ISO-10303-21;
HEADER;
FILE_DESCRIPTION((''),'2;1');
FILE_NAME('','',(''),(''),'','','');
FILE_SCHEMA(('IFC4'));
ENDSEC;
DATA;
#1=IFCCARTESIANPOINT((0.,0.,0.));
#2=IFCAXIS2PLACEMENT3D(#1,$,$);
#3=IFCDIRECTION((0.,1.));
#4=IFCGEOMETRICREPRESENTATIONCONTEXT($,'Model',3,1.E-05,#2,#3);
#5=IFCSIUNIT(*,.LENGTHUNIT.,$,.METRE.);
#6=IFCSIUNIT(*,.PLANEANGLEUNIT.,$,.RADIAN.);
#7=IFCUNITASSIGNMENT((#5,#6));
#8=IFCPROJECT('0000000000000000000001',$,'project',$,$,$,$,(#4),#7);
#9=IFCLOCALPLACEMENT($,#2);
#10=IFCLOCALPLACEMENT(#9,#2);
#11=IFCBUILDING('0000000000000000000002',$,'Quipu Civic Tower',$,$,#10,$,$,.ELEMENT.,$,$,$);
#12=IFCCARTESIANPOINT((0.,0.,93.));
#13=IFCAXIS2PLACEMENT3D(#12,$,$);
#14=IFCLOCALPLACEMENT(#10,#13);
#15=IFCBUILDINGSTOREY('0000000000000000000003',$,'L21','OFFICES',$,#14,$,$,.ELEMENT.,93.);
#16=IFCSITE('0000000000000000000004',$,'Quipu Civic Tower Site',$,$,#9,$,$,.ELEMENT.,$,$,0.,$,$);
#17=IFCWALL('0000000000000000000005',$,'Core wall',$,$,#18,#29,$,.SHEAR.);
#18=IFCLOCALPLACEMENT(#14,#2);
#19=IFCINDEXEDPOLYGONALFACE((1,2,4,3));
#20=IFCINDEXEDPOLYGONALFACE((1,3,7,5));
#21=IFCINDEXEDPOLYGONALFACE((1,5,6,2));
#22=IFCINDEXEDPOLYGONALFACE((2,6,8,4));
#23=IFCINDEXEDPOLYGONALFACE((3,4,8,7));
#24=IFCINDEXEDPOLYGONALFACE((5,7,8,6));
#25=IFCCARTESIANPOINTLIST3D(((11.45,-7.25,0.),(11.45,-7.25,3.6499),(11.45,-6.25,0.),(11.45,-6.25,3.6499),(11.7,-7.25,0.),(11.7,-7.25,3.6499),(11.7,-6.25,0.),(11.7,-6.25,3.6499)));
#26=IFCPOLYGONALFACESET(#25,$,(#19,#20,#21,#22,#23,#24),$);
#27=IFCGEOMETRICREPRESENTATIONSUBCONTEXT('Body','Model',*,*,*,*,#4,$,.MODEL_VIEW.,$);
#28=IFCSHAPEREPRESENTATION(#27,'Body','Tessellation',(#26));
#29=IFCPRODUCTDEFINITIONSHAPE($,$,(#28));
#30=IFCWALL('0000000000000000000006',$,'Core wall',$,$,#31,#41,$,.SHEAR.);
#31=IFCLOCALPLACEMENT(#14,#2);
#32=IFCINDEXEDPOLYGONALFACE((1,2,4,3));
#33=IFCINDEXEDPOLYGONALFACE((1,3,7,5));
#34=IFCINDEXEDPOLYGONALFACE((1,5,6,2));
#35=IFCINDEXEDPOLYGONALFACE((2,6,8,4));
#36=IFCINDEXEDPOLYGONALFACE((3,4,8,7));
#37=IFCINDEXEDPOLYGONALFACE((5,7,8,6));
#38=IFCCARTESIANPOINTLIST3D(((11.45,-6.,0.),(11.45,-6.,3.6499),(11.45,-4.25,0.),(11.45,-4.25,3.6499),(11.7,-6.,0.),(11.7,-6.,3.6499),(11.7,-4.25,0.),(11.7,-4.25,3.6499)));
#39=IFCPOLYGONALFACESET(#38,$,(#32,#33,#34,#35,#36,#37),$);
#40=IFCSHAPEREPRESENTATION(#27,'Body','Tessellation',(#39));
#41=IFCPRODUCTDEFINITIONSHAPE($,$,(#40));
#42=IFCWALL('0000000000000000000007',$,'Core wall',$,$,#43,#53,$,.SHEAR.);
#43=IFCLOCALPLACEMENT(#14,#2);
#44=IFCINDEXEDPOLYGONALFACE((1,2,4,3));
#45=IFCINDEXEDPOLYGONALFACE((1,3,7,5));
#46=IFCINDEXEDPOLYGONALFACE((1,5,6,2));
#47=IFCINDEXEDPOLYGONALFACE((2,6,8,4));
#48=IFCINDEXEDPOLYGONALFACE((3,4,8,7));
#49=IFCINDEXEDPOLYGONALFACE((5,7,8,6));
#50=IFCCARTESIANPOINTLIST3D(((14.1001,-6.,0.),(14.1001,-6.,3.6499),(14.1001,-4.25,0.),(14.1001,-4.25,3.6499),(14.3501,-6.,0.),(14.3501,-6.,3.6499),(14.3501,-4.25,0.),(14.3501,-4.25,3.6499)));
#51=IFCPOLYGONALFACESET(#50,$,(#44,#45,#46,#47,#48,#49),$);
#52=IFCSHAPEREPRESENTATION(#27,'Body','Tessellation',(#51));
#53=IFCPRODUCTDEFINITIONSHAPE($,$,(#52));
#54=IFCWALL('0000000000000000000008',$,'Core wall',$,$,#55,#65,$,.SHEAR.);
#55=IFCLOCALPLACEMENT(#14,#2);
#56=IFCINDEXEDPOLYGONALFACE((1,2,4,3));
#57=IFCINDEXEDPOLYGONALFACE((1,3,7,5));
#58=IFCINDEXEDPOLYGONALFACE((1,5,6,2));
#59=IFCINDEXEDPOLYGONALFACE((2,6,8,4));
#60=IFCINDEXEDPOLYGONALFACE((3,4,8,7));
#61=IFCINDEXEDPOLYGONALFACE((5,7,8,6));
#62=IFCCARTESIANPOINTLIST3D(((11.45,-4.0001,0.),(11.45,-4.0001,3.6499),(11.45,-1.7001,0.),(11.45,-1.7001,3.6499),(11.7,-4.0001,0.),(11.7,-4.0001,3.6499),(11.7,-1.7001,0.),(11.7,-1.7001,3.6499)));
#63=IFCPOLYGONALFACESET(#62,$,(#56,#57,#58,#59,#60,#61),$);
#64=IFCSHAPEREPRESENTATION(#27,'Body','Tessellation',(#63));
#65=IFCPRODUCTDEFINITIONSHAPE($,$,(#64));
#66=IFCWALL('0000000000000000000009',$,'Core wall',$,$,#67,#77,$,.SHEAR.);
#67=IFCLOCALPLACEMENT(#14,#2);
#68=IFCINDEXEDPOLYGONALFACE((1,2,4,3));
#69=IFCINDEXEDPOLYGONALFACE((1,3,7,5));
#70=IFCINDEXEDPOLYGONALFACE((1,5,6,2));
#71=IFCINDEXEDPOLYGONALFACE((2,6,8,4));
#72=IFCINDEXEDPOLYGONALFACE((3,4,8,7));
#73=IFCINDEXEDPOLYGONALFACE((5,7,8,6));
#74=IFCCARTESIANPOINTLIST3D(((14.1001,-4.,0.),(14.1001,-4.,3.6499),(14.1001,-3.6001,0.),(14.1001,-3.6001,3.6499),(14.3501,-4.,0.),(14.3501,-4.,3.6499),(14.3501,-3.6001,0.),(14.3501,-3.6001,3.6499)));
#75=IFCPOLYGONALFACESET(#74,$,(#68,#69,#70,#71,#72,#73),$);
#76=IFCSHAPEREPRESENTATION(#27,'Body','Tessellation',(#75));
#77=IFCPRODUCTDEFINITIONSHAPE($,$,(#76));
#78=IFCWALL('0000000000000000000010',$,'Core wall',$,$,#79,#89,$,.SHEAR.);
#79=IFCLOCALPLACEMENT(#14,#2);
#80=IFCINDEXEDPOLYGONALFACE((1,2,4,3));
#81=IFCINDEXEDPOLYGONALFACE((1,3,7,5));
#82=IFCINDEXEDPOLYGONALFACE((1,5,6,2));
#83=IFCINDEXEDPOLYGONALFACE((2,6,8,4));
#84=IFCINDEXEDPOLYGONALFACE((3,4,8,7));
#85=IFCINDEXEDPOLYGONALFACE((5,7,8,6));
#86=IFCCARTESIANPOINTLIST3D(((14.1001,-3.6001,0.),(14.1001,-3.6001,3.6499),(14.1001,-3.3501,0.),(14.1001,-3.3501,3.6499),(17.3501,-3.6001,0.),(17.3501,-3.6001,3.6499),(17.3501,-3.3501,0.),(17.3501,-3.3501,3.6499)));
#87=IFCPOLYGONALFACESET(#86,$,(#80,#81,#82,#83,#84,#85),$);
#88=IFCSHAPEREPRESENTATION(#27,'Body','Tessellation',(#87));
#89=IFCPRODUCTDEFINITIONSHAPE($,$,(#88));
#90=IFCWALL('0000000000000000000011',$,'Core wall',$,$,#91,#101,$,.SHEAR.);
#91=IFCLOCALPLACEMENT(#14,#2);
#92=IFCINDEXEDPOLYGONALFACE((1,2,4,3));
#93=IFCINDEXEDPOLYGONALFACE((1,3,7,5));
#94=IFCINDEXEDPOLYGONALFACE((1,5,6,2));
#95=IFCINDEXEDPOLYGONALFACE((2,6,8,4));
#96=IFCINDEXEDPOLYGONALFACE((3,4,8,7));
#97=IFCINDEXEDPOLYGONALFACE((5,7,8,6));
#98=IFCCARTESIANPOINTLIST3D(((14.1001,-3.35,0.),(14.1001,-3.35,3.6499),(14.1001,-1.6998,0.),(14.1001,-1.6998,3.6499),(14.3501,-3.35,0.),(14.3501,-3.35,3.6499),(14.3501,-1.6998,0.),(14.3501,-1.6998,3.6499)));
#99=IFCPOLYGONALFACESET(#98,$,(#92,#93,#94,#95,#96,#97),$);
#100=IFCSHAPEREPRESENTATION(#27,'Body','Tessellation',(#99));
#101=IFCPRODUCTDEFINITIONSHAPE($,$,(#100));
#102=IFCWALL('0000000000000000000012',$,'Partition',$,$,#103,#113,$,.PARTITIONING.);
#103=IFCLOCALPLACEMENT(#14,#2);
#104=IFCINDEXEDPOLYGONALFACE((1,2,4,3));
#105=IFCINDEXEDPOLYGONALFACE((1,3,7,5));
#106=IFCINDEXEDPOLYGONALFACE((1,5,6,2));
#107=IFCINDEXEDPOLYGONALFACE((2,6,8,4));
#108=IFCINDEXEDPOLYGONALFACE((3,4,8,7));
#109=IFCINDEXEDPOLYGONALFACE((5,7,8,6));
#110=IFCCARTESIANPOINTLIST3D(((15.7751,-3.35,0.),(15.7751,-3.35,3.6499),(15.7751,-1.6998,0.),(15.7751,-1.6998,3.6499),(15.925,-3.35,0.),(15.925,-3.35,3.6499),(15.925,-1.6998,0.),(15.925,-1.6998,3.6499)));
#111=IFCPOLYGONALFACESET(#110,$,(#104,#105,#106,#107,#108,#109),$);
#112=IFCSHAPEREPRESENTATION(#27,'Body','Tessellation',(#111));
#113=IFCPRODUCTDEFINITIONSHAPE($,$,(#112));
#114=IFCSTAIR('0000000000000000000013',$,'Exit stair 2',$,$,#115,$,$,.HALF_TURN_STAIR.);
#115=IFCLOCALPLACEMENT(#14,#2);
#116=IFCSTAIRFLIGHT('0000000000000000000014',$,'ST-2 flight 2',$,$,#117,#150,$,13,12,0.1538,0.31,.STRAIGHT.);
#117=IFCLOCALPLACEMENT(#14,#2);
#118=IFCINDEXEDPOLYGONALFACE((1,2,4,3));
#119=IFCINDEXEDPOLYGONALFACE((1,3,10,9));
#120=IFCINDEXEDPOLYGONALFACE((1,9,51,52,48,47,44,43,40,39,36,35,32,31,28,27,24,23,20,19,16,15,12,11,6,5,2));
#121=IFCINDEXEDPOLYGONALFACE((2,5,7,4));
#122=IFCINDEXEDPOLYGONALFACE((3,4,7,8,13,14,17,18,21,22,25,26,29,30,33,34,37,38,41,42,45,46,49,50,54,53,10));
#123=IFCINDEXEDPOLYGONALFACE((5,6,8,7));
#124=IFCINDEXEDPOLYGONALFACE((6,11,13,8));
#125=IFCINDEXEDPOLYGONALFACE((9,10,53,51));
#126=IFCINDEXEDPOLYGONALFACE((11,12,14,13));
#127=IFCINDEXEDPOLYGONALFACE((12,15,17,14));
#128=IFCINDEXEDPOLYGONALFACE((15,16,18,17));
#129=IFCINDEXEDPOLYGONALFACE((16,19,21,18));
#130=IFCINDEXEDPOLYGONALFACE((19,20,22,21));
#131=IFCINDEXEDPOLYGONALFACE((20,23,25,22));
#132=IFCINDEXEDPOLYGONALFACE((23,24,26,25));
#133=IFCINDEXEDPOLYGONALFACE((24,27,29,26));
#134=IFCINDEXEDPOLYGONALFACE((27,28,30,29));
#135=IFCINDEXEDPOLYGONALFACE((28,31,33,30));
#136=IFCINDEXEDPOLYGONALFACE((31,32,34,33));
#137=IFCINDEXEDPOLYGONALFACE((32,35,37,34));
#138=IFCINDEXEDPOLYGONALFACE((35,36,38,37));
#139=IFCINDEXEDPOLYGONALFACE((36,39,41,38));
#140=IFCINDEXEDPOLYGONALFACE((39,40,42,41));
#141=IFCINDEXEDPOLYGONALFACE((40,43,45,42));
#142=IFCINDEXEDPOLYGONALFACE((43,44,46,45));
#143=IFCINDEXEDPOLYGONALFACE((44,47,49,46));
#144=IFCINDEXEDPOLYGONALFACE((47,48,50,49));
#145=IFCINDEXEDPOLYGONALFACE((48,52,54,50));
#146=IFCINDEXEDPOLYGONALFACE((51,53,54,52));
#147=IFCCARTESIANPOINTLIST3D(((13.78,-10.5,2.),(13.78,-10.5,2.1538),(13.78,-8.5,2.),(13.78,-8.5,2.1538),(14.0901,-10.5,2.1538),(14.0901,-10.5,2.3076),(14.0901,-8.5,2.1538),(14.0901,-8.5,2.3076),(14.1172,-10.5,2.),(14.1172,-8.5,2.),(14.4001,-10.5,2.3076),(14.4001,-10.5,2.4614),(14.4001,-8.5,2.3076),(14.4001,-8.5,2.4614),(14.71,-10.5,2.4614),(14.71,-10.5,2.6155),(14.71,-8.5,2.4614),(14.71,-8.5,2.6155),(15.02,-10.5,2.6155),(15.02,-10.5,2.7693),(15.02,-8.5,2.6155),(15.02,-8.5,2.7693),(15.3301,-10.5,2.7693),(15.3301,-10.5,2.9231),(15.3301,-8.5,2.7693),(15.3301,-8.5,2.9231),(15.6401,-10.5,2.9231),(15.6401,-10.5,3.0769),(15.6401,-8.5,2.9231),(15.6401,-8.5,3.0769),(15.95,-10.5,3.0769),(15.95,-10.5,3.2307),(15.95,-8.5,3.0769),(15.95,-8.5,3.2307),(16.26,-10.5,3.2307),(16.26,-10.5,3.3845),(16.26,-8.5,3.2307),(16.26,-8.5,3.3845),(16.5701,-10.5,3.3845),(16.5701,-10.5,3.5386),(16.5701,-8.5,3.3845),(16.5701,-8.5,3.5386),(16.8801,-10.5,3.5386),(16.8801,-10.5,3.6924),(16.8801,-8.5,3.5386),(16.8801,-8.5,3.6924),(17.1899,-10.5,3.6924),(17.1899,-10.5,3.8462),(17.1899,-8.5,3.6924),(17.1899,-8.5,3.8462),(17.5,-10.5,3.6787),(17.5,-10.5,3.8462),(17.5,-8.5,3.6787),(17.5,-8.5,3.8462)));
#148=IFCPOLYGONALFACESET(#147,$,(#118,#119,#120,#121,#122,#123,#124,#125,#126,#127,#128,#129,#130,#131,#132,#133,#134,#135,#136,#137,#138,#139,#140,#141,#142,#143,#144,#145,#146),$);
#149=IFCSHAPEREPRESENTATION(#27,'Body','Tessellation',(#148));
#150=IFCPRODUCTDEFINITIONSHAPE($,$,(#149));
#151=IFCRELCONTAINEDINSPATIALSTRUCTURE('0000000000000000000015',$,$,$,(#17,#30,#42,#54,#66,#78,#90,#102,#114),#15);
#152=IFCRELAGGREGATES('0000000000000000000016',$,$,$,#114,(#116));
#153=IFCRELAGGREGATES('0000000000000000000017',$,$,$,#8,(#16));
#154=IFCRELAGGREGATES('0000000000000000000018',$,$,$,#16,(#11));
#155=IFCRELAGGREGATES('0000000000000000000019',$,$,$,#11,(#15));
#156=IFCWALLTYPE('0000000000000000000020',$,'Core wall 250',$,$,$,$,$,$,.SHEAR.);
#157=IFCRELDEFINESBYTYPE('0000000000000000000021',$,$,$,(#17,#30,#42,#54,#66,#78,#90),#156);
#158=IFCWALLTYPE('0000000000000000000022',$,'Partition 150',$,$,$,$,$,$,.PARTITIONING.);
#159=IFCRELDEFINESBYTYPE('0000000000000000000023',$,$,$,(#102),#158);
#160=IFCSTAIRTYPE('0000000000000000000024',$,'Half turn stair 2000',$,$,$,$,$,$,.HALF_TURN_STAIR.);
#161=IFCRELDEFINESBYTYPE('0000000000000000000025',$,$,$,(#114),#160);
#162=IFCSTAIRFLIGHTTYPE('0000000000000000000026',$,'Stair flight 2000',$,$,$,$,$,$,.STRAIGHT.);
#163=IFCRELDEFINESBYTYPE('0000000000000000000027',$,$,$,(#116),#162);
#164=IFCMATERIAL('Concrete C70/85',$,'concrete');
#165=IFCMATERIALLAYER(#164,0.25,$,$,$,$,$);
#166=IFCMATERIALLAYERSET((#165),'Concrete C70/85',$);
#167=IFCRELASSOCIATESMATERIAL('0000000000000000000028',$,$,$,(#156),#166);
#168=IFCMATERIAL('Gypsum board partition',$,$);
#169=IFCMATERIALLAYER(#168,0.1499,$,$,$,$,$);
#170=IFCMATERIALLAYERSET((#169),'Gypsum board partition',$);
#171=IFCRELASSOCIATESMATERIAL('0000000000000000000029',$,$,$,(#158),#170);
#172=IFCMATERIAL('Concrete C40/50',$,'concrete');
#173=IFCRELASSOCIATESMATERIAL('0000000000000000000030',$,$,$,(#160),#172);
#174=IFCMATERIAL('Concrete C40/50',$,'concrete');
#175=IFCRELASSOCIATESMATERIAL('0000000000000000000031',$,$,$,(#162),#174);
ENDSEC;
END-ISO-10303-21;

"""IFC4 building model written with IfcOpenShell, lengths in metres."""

from ifc_helpers import new_model, si_unit, direction, frame, frame_2d, origin, place, context, subcontext, project, spatial, polyline, rectangle, outline, extrude, material, layer, layer_set, type_object, element, aggregate, save


model = new_model("IFC4")

# Units and contexts
model_context = context("Model", 3, precision=1e-05, world=origin(), true_north=direction((0.0, 1.0)))
body_context = subcontext(model_context, "Body", "Model", "MODEL_VIEW")
ifc_project = project(units=[si_unit("LENGTHUNIT", "METRE"), si_unit("PLANEANGLEUNIT", "RADIAN")], contexts=[model_context])

# Site, building, storey
site_placement = place(None, origin())
site = spatial("IfcSite", under=ifc_project, at=site_placement, Name="Quipu Civic Tower Site", CompositionType="ELEMENT", RefElevation=0.0)
building_placement = place(site_placement, origin())
building = spatial("IfcBuilding", under=site, at=building_placement, Name="Quipu Civic Tower", CompositionType="ELEMENT")
storey_placement = place(building_placement, frame((0.0, 0.0, 93.0)))
storey = spatial("IfcBuildingStorey", under=building, at=storey_placement, Name="L21", Description="OFFICES", CompositionType="ELEMENT", Elevation=93.0)

# Shared definitions
ifc_material_1 = material(Name="Concrete C70/85", Category="concrete")
ifc_layer_1 = layer(ifc_material_1, 0.25)
ifc_layer_set_1 = layer_set([ifc_layer_1], Name="Concrete C70/85")
wall_type_1 = type_object("IfcWallType", Name="Core wall 250", PredefinedType="SHEAR", material=ifc_layer_set_1)

# Walls
wall_1_placement = place(storey_placement, frame((11.575, -7.25, 0.0), z_axis=(0.0, 0.0, 1.0), x_axis=(0.0, 1.0, 0.0)))
element("IfcWall", 1, at=wall_1_placement, inside=storey, type_object=wall_type_1, Name="Core wall", PredefinedType="SHEAR", context=body_context, shape_type="SweptSolid", body=[
    extrude(rectangle(XDim=1.0, YDim=0.25, at=frame_2d((0.5, 0.0))), origin(), (0.0, 0.0, 1.0), 3.6499),
])
for number, where, z_axis, x_axis, name in (
    (2, (11.575, -6.0, 0.0), (0.0, 0.0, 1.0), (0.0, 1.0, 0.0), "Core wall"),
    (3, (14.2251, -6.0, 0.0), (0.0, 0.0, 1.0), (0.0, 1.0, 0.0), "Core wall"),
):
    element("IfcWall", number, at=place(storey_placement, frame(where, z_axis=z_axis, x_axis=x_axis)), inside=storey, type_object=wall_type_1, Name=name, PredefinedType="SHEAR", context=body_context, shape_type="SweptSolid", body=[
        extrude(rectangle(XDim=1.75, YDim=0.25, at=frame_2d((0.875, 0.0))), origin(), (0.0, 0.0, 1.0), 3.6499),
    ])
wall_2_placement = place(storey_placement, frame((11.575, -4.0, 0.0), z_axis=(0.0, 0.0, 1.0), x_axis=(0.0, 1.0, 0.0)))
element("IfcWall", 4, at=wall_2_placement, inside=storey, type_object=wall_type_1, Name="Core wall", PredefinedType="SHEAR", context=body_context, shape_type="SweptSolid", body=[
    extrude(rectangle(XDim=2.3, YDim=0.25, at=frame_2d((1.1499, 0.0))), origin(), (0.0, 0.0, 1.0), 3.6499),
])
wall_3_placement = place(storey_placement, frame((14.2251, -4.0, 0.0), z_axis=(0.0, 0.0, 1.0), x_axis=(0.0, 1.0, 0.0)))
element("IfcWall", 5, at=wall_3_placement, inside=storey, type_object=wall_type_1, Name="Core wall", PredefinedType="SHEAR", context=body_context, shape_type="SweptSolid", body=[
    extrude(rectangle(XDim=0.3999, YDim=0.25, at=frame_2d((0.2, 0.0))), origin(), (0.0, 0.0, 1.0), 3.6499),
])
wall_4_placement = place(storey_placement, frame((14.1001, -3.4751, 0.0), z_axis=(0.0, 0.0, 1.0), x_axis=(1.0, 0.0, 0.0)))
element("IfcWall", 6, at=wall_4_placement, inside=storey, type_object=wall_type_1, Name="Core wall", PredefinedType="SHEAR", context=body_context, shape_type="SweptSolid", body=[
    extrude(rectangle(XDim=3.25, YDim=0.25, at=frame_2d((1.625, 0.0))), origin(), (0.0, 0.0, 1.0), 3.6499),
])
wall_5_placement = place(storey_placement, frame((14.2251, -3.3501, 0.0), z_axis=(0.0, 0.0, 1.0), x_axis=(0.0, 1.0, 0.0)))
element("IfcWall", 7, at=wall_5_placement, inside=storey, type_object=wall_type_1, Name="Core wall", PredefinedType="SHEAR", context=body_context, shape_type="SweptSolid", body=[
    extrude(rectangle(XDim=1.6501, YDim=0.25, at=frame_2d((0.8252, 0.0))), origin(), (0.0, 0.0, 1.0), 3.6499),
])
ifc_material_2 = material(Name="Gypsum board partition")
ifc_layer_2 = layer(ifc_material_2, 0.1499)
ifc_layer_set_2 = layer_set([ifc_layer_2], Name="Gypsum board partition")
wall_type_2 = type_object("IfcWallType", Name="Partition 150", PredefinedType="PARTITIONING", material=ifc_layer_set_2)
wall_6_placement = place(storey_placement, frame((15.8501, -3.3501, 0.0), z_axis=(0.0, 0.0, 1.0), x_axis=(0.0, 1.0, 0.0)))
element("IfcWall", 8, at=wall_6_placement, inside=storey, type_object=wall_type_2, Name="Partition", PredefinedType="PARTITIONING", context=body_context, shape_type="SweptSolid", body=[
    extrude(rectangle(XDim=1.6501, YDim=0.1499, at=frame_2d((0.8252, 0.0))), origin(), (0.0, 0.0, 1.0), 3.6499),
])

# Stair, stair flight
ifc_material_3 = material(Name="Concrete C40/50", Category="concrete")
stair_type = type_object("IfcStairType", Name="Half turn stair 2000", PredefinedType="HALF_TURN_STAIR", material=ifc_material_3)
stair_placement = place(storey_placement, origin())
stair = element("IfcStair", 9, at=stair_placement, inside=storey, type_object=stair_type, Name="Exit stair 2", PredefinedType="HALF_TURN_STAIR")
ifc_material_4 = material(Name="Concrete C40/50", Category="concrete")
stair_flight_type = type_object("IfcStairFlightType", Name="Stair flight 2000", PredefinedType="STRAIGHT", material=ifc_material_4)
stair_flight_placement = place(storey_placement, frame((13.78, -9.5, 2.0), z_axis=(0.0, 0.0, 1.0), x_axis=(1.0, 0.0, 0.0)))
stair_flight = element("IfcStairFlight", 10, at=stair_flight_placement, type_object=stair_flight_type, Name="ST-2 flight 2", NumberOfRisers=13, NumberOfTreads=12, PredefinedType="STRAIGHT", RiserHeight=0.1538, TreadLength=0.31, context=body_context, shape_type="SweptSolid", body=[
    extrude(outline(polyline([(0.0, 0.0), (0.0, 0.1538), (0.3101, 0.1538), (0.3101, 0.3076), (0.6201, 0.3076), (0.6201, 0.4614), (0.9299, 0.4614), (0.9299, 0.6155), (1.24, 0.6155), (1.24, 0.7693), (1.55, 0.7693), (1.55, 0.9231), (1.8601, 0.9231), (1.8601, 1.0769), (2.1699, 1.0769), (2.1699, 1.2307), (2.48, 1.2307), (2.48, 1.3845), (2.79, 1.3845), (2.79, 1.5386), (3.1001, 1.5386), (3.1001, 1.6924), (3.4099, 1.6924), (3.4099, 1.8462), (3.72, 1.8462), (3.72, 2.0), (3.72, 1.6787), (0.3372, 0.0), (0.0, 0.0)])), frame((0.0, 1.0, 0.0), z_axis=(0.0, -1.0, 0.0), x_axis=(1.0, 0.0, 0.0)), (0.0, 0.0, 1.0), 2.0),
])
aggregate(stair, [stair_flight])

save(model, "model.ifc")
